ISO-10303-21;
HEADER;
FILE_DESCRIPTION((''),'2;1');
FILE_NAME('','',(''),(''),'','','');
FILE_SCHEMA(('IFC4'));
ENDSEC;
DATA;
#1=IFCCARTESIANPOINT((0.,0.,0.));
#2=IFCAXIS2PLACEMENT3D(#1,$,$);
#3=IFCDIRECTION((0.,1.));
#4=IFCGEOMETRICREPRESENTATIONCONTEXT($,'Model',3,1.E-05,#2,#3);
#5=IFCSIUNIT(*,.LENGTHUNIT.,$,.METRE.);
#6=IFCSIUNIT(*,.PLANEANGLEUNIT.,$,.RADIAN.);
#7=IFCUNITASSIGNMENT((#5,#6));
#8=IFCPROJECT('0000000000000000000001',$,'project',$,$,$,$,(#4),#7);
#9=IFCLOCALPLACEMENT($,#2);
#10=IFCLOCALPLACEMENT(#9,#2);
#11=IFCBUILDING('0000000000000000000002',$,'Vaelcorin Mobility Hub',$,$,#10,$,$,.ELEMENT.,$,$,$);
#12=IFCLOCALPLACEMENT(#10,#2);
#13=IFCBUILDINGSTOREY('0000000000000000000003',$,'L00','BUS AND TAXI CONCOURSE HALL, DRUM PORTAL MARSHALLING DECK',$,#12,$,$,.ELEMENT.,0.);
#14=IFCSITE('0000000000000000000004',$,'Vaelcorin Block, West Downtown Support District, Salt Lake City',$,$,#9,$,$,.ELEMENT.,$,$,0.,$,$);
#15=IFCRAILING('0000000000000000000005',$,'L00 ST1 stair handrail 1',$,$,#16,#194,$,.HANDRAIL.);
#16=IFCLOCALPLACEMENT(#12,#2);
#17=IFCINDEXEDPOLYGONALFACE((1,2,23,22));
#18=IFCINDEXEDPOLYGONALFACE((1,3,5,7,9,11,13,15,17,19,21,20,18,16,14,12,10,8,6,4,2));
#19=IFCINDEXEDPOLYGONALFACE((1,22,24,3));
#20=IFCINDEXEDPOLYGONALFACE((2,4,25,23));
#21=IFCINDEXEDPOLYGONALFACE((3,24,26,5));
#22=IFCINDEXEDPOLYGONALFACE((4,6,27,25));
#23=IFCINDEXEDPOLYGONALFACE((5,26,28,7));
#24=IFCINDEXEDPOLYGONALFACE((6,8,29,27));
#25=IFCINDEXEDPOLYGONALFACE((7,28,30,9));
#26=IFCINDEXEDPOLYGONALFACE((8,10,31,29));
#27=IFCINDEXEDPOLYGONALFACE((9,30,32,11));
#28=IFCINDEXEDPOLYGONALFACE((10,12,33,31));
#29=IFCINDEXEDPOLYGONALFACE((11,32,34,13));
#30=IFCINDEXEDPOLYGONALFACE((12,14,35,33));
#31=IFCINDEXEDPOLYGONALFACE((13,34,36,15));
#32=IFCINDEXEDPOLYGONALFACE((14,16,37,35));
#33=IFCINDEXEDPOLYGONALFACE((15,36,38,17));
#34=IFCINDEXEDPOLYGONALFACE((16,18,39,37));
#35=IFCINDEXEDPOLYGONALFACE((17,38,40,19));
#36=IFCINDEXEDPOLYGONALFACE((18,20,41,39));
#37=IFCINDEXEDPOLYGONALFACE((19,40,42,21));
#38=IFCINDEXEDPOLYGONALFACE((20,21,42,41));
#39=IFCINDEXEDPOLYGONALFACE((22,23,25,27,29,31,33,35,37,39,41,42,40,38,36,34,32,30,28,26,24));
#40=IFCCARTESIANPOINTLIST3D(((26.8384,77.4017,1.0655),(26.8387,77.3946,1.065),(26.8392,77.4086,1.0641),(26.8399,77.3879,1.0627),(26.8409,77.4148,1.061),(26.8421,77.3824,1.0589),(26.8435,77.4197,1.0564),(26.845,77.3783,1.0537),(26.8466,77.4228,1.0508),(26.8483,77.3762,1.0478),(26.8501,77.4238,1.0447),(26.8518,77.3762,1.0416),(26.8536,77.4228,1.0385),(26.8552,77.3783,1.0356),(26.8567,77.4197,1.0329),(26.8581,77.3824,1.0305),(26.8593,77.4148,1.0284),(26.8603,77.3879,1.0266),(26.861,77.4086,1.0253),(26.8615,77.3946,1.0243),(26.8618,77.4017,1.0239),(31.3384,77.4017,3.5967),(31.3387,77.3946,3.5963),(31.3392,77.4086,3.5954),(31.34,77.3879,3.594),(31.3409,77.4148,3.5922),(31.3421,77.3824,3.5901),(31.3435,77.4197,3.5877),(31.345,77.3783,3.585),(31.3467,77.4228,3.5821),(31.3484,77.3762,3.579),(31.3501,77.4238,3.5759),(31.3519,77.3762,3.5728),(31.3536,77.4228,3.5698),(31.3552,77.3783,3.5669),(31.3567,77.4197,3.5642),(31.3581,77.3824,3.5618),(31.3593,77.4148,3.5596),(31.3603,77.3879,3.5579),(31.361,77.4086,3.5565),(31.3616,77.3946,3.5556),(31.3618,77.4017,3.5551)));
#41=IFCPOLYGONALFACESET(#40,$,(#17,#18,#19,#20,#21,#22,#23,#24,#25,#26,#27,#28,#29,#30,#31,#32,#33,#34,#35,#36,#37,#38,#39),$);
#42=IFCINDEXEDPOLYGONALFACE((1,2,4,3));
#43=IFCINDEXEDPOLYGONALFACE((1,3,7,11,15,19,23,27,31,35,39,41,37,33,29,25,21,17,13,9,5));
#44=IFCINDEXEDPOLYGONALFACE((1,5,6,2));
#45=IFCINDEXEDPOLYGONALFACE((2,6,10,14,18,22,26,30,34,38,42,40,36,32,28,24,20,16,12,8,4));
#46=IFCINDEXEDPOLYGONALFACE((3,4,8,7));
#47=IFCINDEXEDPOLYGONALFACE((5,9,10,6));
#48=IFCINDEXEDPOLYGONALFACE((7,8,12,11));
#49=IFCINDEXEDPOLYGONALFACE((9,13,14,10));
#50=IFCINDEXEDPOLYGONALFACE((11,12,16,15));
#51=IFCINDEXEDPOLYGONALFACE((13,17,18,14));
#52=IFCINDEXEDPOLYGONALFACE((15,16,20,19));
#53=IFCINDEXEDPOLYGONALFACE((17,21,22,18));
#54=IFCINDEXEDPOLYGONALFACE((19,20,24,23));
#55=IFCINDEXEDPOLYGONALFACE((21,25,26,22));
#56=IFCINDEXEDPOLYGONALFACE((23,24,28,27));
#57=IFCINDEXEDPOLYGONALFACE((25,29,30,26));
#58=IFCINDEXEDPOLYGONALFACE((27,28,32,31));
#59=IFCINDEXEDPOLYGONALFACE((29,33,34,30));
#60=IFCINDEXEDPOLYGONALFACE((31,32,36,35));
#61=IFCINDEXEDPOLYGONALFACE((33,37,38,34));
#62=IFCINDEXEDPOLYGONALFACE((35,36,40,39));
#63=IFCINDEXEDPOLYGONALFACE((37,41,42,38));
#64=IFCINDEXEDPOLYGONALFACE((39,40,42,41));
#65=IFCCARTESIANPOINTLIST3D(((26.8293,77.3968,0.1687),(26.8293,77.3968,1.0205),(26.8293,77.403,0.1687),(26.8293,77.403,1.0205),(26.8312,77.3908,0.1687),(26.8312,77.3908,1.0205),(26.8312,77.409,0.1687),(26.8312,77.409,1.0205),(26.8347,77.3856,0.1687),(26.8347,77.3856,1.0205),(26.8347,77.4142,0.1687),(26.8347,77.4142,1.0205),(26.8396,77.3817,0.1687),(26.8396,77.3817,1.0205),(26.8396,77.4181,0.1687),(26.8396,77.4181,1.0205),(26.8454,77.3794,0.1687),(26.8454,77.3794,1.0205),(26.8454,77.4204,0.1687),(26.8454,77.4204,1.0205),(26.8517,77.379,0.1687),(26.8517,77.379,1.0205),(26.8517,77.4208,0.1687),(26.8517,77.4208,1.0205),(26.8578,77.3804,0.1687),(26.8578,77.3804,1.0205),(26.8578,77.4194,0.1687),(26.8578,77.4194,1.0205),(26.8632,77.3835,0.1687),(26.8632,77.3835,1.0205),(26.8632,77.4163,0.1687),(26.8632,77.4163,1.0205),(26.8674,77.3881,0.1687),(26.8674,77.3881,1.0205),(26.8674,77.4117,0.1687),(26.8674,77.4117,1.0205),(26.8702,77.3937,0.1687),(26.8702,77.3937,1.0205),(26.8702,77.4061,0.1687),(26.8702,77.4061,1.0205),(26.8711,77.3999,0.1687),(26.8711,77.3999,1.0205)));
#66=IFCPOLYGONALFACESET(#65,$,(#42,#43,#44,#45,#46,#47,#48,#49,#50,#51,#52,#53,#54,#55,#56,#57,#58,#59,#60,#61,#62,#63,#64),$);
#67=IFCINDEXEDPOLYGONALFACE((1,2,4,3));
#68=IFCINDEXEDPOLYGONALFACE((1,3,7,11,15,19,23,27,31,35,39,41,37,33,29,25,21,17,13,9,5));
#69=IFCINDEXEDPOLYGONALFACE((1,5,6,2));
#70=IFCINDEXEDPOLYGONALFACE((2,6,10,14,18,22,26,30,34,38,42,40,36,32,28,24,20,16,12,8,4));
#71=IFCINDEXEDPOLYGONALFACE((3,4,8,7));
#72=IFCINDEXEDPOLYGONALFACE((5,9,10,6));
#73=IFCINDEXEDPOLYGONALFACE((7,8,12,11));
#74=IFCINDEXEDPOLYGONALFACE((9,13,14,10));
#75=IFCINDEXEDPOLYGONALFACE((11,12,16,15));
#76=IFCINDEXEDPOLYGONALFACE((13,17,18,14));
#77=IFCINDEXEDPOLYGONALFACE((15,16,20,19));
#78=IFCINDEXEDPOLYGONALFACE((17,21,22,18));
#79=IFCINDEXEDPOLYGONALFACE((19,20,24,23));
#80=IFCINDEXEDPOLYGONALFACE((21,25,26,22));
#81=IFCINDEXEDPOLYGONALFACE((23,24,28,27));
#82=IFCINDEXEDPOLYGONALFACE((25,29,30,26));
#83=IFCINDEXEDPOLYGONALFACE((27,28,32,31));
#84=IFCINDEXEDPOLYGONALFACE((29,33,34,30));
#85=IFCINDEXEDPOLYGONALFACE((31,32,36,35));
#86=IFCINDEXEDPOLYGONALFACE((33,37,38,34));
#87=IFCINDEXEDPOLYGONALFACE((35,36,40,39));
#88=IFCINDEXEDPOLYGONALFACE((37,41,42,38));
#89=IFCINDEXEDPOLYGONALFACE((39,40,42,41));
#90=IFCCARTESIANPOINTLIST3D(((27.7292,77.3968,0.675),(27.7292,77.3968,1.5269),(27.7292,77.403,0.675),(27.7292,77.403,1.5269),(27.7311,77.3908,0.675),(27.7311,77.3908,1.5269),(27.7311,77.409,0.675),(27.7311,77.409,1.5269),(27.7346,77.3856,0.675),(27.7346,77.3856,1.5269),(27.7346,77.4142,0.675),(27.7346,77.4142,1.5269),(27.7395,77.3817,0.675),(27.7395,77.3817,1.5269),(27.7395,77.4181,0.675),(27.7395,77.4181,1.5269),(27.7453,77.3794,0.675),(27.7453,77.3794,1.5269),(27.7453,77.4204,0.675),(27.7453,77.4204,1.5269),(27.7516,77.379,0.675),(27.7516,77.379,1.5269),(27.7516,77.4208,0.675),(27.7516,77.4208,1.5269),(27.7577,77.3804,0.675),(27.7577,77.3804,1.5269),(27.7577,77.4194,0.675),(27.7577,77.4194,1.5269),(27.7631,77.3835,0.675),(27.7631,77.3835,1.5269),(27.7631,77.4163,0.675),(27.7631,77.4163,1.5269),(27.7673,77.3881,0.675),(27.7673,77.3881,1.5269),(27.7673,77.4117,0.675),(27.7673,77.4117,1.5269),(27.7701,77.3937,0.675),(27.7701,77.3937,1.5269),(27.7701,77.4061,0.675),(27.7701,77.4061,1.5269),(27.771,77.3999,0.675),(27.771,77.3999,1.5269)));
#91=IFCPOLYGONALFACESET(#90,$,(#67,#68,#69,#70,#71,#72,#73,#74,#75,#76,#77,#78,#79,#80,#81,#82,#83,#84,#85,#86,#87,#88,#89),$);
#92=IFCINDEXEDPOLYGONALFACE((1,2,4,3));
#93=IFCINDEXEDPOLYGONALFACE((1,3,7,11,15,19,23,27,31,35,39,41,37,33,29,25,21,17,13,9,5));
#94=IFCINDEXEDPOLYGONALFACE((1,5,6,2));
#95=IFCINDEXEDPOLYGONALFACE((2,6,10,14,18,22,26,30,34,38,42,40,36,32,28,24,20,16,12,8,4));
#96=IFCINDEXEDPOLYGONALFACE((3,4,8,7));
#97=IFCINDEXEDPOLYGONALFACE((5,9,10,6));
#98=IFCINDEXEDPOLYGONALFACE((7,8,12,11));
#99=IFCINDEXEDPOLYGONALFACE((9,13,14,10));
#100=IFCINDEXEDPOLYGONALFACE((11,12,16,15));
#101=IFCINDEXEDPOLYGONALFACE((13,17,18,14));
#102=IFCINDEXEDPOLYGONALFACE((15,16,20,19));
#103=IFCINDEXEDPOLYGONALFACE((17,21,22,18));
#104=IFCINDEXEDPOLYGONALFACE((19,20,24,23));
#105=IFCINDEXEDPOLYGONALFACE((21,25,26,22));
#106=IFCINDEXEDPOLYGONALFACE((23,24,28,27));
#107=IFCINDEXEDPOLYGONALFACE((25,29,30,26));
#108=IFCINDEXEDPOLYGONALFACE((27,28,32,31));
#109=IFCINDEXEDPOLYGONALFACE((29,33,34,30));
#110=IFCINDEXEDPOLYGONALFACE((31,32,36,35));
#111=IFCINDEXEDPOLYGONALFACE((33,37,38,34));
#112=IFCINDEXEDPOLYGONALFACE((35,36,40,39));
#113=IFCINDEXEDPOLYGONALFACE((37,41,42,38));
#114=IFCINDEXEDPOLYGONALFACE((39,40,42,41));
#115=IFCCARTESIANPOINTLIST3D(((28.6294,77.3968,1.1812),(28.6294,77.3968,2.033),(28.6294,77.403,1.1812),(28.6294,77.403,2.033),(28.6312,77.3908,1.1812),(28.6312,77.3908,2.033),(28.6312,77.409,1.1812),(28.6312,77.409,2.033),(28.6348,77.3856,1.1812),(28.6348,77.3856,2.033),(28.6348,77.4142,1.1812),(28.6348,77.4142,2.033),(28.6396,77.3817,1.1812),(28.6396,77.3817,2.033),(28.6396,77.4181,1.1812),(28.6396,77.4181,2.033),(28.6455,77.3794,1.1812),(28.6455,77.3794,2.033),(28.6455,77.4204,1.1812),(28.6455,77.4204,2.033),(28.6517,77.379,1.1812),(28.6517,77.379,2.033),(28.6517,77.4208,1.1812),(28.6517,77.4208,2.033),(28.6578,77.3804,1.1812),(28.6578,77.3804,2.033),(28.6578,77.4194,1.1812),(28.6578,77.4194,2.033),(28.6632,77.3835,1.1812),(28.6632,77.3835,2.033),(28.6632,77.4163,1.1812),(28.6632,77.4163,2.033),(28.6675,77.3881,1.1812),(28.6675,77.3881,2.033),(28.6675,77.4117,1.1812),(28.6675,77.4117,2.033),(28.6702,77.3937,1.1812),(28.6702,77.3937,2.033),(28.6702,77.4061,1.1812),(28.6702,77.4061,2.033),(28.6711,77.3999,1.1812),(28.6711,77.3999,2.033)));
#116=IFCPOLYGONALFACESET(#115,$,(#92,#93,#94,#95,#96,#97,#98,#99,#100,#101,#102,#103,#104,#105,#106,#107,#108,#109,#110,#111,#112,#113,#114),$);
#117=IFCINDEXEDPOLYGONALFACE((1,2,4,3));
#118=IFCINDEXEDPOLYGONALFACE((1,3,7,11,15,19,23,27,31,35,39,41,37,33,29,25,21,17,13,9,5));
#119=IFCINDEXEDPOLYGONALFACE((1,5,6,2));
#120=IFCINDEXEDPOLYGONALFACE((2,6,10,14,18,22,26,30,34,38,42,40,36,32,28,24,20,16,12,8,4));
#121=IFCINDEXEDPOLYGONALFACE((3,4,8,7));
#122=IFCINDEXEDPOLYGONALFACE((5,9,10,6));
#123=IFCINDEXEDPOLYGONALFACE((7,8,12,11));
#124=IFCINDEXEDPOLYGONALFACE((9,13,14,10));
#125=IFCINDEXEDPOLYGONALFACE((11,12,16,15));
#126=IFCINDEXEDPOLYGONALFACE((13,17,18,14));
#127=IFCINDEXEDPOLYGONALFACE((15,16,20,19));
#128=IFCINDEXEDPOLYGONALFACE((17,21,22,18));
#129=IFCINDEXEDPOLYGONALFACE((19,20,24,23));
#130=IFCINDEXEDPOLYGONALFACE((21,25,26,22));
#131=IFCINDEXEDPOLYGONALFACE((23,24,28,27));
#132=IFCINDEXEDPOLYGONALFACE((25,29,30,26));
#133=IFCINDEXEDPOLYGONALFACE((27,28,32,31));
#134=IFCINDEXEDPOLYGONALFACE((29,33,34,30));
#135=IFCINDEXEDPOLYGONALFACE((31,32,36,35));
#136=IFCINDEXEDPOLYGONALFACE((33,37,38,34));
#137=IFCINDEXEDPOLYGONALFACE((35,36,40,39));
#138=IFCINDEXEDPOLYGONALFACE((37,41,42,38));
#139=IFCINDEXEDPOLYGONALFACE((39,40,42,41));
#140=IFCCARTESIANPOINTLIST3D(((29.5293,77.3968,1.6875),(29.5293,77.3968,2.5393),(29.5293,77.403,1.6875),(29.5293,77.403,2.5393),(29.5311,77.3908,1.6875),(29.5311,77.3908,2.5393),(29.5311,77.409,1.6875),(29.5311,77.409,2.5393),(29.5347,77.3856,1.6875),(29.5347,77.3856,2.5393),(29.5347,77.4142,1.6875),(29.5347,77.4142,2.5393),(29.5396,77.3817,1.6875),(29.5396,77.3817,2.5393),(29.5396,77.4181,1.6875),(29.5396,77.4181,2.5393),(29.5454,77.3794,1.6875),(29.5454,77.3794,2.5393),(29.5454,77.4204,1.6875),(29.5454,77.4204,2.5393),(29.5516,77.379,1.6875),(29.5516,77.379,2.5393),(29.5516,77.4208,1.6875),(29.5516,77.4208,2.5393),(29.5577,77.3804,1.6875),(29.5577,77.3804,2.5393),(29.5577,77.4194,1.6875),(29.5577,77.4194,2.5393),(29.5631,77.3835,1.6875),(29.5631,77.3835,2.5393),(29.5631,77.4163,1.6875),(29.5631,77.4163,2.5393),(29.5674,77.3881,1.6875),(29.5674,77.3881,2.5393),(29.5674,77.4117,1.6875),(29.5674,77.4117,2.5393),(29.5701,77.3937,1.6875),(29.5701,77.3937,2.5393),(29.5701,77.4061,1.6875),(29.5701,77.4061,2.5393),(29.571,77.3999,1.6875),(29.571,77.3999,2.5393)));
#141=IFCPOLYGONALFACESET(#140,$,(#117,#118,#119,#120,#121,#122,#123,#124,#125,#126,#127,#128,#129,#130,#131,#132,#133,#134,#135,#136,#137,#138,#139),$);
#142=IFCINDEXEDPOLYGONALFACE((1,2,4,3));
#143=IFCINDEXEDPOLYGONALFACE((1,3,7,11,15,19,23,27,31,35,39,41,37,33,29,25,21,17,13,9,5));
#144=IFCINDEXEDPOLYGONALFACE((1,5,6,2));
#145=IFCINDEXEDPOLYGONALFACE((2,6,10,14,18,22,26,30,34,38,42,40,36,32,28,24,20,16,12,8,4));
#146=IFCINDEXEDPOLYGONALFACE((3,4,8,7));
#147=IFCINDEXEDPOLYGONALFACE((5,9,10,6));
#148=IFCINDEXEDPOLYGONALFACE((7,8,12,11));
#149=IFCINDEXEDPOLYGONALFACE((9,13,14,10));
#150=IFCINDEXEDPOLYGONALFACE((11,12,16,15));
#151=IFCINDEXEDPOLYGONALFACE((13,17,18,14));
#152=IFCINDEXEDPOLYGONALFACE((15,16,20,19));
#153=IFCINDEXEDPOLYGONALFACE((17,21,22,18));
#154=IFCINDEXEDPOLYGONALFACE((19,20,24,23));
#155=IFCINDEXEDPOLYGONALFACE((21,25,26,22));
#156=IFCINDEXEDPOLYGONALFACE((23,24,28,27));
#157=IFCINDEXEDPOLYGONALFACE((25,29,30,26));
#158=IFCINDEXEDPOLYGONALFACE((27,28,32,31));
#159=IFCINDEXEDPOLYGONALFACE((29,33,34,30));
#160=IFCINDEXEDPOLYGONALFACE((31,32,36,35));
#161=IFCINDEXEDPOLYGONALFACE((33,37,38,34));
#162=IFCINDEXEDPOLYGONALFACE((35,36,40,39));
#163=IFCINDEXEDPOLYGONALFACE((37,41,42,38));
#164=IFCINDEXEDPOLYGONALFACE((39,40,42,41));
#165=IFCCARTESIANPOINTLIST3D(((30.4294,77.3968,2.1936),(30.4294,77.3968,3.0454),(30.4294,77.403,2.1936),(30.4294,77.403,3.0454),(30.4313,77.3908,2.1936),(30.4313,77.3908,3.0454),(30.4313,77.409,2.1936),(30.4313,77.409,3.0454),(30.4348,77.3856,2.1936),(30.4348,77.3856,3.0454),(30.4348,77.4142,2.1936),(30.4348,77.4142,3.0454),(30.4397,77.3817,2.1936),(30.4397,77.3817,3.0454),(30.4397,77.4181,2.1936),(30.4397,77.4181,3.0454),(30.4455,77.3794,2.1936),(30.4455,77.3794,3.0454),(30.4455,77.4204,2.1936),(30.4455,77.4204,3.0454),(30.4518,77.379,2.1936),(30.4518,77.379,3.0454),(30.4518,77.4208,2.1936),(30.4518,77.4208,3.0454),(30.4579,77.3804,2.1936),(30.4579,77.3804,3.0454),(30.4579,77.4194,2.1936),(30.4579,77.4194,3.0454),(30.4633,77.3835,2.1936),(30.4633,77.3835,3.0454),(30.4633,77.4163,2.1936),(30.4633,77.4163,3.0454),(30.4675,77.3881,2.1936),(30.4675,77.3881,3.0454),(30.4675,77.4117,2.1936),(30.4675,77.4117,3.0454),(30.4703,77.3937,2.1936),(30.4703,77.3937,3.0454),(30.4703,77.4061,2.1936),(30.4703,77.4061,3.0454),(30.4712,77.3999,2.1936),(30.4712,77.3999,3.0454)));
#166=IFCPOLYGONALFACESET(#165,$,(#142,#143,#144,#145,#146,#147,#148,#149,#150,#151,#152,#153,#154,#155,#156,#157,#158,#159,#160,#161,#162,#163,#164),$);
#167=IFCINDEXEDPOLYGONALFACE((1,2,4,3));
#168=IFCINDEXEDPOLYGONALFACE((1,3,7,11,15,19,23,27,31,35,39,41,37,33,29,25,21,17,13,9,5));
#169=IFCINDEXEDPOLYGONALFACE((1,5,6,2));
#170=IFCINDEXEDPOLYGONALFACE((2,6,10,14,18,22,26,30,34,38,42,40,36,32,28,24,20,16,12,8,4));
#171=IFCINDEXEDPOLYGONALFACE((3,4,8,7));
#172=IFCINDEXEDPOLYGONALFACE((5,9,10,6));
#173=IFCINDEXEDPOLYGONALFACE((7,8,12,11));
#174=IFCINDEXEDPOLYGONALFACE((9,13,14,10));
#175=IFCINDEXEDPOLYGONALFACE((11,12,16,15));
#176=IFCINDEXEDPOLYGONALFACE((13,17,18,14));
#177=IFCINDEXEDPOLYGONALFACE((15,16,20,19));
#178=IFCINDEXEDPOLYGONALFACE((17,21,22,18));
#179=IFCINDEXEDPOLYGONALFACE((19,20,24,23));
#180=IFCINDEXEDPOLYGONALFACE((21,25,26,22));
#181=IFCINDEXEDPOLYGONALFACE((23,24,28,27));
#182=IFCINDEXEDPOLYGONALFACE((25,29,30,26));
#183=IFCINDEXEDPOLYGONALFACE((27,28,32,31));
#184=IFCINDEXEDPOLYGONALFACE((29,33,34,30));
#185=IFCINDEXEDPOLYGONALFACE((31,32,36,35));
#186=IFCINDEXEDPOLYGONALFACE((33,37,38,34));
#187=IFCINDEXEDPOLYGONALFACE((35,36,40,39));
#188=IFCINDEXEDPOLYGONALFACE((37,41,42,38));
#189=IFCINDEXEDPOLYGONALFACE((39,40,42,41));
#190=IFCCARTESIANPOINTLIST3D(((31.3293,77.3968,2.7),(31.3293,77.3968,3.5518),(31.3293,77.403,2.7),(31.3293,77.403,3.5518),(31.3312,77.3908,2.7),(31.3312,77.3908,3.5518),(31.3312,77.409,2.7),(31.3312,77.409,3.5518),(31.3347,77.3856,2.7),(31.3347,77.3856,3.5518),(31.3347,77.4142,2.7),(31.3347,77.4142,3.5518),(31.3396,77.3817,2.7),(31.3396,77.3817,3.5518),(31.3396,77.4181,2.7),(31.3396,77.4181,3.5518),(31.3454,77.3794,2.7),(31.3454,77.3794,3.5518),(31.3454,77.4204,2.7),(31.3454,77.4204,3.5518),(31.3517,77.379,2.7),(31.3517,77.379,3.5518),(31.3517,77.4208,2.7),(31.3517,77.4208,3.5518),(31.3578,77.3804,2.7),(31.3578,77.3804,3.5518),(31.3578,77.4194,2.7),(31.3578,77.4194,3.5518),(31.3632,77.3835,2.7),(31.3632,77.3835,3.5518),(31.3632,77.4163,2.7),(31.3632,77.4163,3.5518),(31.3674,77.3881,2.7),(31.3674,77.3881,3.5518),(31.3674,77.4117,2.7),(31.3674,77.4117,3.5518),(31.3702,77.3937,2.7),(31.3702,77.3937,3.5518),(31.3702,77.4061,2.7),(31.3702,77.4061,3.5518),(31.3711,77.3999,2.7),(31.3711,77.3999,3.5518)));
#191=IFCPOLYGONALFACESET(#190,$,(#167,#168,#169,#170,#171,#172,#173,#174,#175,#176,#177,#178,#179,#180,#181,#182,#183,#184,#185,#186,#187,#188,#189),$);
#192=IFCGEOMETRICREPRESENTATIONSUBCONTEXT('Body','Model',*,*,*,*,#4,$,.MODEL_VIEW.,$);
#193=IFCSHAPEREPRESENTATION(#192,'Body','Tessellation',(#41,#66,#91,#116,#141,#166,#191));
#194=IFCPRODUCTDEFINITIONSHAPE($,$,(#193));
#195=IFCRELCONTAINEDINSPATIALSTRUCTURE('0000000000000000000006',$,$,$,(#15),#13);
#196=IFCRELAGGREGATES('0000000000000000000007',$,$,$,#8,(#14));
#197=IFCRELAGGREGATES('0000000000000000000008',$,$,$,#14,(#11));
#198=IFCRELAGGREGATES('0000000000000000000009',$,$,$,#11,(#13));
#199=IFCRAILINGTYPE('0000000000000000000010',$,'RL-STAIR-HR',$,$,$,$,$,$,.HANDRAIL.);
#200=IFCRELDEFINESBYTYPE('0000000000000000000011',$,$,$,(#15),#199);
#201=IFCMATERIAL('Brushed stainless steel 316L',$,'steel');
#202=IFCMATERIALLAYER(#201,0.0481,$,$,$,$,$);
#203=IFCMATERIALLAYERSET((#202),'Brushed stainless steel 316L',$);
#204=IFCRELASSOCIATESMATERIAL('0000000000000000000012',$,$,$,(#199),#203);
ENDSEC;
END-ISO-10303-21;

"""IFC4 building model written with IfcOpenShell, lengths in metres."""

from ifc_helpers import new_model, si_unit, direction, frame, origin, origin_2d, place, context, subcontext, project, spatial, circle, extrude, material, layer, layer_set, type_object, element, save


model = new_model("IFC4")

# Units and contexts
model_context = context("Model", 3, precision=1e-05, world=origin(), true_north=direction((0.0, 1.0)))
body_context = subcontext(model_context, "Body", "Model", "MODEL_VIEW")
ifc_project = project(units=[si_unit("LENGTHUNIT", "METRE"), si_unit("PLANEANGLEUNIT", "RADIAN")], contexts=[model_context])

# Site, building, storey
site_placement = place(None, origin())
site = spatial("IfcSite", under=ifc_project, at=site_placement, Name="Vaelcorin Block, West Downtown Support District, Salt Lake City", CompositionType="ELEMENT", RefElevation=0.0)
building_placement = place(site_placement, origin())
building = spatial("IfcBuilding", under=site, at=building_placement, Name="Vaelcorin Mobility Hub", CompositionType="ELEMENT")
storey_placement = place(building_placement, origin())
storey = spatial("IfcBuildingStorey", under=building, at=storey_placement, Name="L00", Description="BUS AND TAXI CONCOURSE HALL, DRUM PORTAL MARSHALLING DECK", CompositionType="ELEMENT", Elevation=0.0)

# Railing
ifc_material_1 = material(Name="Brushed stainless steel 316L", Category="steel")
ifc_layer_1 = layer(ifc_material_1, 0.0481)
ifc_layer_set_1 = layer_set([ifc_layer_1], Name="Brushed stainless steel 316L")
railing_type_1 = type_object("IfcRailingType", Name="RL-STAIR-HR", PredefinedType="HANDRAIL", material=ifc_layer_set_1)
railing_1_placement = place(storey_placement, frame((26.8501, 77.3999, 0.1687)))
element("IfcRailing", 1, at=railing_1_placement, inside=storey, type_object=railing_type_1, Name="L00 ST1 stair handrail 1", PredefinedType="HANDRAIL", context=body_context, shape_type="SweptSolid", body=[
    extrude(circle(Radius=0.0239, at=origin_2d()), frame((0.0, 0.0, 0.876), z_axis=(0.871576, 0.0, 0.490261), x_axis=(0.0, 1.0, 0.0)), (0.0, 0.0, 1.0), 5.1631),
    extrude(circle(Radius=0.021, at=origin_2d()), origin(), (0.0, 0.0, 1.0), 0.8518),
    extrude(circle(Radius=0.021, at=origin_2d()), frame((0.8999, 0.0, 0.5063)), (0.0, 0.0, 1.0), 0.8518),
    extrude(circle(Radius=0.021, at=origin_2d()), frame((1.8, 0.0, 1.0125)), (0.0, 0.0, 1.0), 0.8518),
    extrude(circle(Radius=0.021, at=origin_2d()), frame((2.7, 0.0, 1.5188)), (0.0, 0.0, 1.0), 0.8518),
    extrude(circle(Radius=0.021, at=origin_2d()), frame((3.6001, 0.0, 2.0249)), (0.0, 0.0, 1.0), 0.8518),
    extrude(circle(Radius=0.021, at=origin_2d()), frame((4.5, 0.0, 2.5312)), (0.0, 0.0, 1.0), 0.8518),
])

save(model, "model.ifc")
